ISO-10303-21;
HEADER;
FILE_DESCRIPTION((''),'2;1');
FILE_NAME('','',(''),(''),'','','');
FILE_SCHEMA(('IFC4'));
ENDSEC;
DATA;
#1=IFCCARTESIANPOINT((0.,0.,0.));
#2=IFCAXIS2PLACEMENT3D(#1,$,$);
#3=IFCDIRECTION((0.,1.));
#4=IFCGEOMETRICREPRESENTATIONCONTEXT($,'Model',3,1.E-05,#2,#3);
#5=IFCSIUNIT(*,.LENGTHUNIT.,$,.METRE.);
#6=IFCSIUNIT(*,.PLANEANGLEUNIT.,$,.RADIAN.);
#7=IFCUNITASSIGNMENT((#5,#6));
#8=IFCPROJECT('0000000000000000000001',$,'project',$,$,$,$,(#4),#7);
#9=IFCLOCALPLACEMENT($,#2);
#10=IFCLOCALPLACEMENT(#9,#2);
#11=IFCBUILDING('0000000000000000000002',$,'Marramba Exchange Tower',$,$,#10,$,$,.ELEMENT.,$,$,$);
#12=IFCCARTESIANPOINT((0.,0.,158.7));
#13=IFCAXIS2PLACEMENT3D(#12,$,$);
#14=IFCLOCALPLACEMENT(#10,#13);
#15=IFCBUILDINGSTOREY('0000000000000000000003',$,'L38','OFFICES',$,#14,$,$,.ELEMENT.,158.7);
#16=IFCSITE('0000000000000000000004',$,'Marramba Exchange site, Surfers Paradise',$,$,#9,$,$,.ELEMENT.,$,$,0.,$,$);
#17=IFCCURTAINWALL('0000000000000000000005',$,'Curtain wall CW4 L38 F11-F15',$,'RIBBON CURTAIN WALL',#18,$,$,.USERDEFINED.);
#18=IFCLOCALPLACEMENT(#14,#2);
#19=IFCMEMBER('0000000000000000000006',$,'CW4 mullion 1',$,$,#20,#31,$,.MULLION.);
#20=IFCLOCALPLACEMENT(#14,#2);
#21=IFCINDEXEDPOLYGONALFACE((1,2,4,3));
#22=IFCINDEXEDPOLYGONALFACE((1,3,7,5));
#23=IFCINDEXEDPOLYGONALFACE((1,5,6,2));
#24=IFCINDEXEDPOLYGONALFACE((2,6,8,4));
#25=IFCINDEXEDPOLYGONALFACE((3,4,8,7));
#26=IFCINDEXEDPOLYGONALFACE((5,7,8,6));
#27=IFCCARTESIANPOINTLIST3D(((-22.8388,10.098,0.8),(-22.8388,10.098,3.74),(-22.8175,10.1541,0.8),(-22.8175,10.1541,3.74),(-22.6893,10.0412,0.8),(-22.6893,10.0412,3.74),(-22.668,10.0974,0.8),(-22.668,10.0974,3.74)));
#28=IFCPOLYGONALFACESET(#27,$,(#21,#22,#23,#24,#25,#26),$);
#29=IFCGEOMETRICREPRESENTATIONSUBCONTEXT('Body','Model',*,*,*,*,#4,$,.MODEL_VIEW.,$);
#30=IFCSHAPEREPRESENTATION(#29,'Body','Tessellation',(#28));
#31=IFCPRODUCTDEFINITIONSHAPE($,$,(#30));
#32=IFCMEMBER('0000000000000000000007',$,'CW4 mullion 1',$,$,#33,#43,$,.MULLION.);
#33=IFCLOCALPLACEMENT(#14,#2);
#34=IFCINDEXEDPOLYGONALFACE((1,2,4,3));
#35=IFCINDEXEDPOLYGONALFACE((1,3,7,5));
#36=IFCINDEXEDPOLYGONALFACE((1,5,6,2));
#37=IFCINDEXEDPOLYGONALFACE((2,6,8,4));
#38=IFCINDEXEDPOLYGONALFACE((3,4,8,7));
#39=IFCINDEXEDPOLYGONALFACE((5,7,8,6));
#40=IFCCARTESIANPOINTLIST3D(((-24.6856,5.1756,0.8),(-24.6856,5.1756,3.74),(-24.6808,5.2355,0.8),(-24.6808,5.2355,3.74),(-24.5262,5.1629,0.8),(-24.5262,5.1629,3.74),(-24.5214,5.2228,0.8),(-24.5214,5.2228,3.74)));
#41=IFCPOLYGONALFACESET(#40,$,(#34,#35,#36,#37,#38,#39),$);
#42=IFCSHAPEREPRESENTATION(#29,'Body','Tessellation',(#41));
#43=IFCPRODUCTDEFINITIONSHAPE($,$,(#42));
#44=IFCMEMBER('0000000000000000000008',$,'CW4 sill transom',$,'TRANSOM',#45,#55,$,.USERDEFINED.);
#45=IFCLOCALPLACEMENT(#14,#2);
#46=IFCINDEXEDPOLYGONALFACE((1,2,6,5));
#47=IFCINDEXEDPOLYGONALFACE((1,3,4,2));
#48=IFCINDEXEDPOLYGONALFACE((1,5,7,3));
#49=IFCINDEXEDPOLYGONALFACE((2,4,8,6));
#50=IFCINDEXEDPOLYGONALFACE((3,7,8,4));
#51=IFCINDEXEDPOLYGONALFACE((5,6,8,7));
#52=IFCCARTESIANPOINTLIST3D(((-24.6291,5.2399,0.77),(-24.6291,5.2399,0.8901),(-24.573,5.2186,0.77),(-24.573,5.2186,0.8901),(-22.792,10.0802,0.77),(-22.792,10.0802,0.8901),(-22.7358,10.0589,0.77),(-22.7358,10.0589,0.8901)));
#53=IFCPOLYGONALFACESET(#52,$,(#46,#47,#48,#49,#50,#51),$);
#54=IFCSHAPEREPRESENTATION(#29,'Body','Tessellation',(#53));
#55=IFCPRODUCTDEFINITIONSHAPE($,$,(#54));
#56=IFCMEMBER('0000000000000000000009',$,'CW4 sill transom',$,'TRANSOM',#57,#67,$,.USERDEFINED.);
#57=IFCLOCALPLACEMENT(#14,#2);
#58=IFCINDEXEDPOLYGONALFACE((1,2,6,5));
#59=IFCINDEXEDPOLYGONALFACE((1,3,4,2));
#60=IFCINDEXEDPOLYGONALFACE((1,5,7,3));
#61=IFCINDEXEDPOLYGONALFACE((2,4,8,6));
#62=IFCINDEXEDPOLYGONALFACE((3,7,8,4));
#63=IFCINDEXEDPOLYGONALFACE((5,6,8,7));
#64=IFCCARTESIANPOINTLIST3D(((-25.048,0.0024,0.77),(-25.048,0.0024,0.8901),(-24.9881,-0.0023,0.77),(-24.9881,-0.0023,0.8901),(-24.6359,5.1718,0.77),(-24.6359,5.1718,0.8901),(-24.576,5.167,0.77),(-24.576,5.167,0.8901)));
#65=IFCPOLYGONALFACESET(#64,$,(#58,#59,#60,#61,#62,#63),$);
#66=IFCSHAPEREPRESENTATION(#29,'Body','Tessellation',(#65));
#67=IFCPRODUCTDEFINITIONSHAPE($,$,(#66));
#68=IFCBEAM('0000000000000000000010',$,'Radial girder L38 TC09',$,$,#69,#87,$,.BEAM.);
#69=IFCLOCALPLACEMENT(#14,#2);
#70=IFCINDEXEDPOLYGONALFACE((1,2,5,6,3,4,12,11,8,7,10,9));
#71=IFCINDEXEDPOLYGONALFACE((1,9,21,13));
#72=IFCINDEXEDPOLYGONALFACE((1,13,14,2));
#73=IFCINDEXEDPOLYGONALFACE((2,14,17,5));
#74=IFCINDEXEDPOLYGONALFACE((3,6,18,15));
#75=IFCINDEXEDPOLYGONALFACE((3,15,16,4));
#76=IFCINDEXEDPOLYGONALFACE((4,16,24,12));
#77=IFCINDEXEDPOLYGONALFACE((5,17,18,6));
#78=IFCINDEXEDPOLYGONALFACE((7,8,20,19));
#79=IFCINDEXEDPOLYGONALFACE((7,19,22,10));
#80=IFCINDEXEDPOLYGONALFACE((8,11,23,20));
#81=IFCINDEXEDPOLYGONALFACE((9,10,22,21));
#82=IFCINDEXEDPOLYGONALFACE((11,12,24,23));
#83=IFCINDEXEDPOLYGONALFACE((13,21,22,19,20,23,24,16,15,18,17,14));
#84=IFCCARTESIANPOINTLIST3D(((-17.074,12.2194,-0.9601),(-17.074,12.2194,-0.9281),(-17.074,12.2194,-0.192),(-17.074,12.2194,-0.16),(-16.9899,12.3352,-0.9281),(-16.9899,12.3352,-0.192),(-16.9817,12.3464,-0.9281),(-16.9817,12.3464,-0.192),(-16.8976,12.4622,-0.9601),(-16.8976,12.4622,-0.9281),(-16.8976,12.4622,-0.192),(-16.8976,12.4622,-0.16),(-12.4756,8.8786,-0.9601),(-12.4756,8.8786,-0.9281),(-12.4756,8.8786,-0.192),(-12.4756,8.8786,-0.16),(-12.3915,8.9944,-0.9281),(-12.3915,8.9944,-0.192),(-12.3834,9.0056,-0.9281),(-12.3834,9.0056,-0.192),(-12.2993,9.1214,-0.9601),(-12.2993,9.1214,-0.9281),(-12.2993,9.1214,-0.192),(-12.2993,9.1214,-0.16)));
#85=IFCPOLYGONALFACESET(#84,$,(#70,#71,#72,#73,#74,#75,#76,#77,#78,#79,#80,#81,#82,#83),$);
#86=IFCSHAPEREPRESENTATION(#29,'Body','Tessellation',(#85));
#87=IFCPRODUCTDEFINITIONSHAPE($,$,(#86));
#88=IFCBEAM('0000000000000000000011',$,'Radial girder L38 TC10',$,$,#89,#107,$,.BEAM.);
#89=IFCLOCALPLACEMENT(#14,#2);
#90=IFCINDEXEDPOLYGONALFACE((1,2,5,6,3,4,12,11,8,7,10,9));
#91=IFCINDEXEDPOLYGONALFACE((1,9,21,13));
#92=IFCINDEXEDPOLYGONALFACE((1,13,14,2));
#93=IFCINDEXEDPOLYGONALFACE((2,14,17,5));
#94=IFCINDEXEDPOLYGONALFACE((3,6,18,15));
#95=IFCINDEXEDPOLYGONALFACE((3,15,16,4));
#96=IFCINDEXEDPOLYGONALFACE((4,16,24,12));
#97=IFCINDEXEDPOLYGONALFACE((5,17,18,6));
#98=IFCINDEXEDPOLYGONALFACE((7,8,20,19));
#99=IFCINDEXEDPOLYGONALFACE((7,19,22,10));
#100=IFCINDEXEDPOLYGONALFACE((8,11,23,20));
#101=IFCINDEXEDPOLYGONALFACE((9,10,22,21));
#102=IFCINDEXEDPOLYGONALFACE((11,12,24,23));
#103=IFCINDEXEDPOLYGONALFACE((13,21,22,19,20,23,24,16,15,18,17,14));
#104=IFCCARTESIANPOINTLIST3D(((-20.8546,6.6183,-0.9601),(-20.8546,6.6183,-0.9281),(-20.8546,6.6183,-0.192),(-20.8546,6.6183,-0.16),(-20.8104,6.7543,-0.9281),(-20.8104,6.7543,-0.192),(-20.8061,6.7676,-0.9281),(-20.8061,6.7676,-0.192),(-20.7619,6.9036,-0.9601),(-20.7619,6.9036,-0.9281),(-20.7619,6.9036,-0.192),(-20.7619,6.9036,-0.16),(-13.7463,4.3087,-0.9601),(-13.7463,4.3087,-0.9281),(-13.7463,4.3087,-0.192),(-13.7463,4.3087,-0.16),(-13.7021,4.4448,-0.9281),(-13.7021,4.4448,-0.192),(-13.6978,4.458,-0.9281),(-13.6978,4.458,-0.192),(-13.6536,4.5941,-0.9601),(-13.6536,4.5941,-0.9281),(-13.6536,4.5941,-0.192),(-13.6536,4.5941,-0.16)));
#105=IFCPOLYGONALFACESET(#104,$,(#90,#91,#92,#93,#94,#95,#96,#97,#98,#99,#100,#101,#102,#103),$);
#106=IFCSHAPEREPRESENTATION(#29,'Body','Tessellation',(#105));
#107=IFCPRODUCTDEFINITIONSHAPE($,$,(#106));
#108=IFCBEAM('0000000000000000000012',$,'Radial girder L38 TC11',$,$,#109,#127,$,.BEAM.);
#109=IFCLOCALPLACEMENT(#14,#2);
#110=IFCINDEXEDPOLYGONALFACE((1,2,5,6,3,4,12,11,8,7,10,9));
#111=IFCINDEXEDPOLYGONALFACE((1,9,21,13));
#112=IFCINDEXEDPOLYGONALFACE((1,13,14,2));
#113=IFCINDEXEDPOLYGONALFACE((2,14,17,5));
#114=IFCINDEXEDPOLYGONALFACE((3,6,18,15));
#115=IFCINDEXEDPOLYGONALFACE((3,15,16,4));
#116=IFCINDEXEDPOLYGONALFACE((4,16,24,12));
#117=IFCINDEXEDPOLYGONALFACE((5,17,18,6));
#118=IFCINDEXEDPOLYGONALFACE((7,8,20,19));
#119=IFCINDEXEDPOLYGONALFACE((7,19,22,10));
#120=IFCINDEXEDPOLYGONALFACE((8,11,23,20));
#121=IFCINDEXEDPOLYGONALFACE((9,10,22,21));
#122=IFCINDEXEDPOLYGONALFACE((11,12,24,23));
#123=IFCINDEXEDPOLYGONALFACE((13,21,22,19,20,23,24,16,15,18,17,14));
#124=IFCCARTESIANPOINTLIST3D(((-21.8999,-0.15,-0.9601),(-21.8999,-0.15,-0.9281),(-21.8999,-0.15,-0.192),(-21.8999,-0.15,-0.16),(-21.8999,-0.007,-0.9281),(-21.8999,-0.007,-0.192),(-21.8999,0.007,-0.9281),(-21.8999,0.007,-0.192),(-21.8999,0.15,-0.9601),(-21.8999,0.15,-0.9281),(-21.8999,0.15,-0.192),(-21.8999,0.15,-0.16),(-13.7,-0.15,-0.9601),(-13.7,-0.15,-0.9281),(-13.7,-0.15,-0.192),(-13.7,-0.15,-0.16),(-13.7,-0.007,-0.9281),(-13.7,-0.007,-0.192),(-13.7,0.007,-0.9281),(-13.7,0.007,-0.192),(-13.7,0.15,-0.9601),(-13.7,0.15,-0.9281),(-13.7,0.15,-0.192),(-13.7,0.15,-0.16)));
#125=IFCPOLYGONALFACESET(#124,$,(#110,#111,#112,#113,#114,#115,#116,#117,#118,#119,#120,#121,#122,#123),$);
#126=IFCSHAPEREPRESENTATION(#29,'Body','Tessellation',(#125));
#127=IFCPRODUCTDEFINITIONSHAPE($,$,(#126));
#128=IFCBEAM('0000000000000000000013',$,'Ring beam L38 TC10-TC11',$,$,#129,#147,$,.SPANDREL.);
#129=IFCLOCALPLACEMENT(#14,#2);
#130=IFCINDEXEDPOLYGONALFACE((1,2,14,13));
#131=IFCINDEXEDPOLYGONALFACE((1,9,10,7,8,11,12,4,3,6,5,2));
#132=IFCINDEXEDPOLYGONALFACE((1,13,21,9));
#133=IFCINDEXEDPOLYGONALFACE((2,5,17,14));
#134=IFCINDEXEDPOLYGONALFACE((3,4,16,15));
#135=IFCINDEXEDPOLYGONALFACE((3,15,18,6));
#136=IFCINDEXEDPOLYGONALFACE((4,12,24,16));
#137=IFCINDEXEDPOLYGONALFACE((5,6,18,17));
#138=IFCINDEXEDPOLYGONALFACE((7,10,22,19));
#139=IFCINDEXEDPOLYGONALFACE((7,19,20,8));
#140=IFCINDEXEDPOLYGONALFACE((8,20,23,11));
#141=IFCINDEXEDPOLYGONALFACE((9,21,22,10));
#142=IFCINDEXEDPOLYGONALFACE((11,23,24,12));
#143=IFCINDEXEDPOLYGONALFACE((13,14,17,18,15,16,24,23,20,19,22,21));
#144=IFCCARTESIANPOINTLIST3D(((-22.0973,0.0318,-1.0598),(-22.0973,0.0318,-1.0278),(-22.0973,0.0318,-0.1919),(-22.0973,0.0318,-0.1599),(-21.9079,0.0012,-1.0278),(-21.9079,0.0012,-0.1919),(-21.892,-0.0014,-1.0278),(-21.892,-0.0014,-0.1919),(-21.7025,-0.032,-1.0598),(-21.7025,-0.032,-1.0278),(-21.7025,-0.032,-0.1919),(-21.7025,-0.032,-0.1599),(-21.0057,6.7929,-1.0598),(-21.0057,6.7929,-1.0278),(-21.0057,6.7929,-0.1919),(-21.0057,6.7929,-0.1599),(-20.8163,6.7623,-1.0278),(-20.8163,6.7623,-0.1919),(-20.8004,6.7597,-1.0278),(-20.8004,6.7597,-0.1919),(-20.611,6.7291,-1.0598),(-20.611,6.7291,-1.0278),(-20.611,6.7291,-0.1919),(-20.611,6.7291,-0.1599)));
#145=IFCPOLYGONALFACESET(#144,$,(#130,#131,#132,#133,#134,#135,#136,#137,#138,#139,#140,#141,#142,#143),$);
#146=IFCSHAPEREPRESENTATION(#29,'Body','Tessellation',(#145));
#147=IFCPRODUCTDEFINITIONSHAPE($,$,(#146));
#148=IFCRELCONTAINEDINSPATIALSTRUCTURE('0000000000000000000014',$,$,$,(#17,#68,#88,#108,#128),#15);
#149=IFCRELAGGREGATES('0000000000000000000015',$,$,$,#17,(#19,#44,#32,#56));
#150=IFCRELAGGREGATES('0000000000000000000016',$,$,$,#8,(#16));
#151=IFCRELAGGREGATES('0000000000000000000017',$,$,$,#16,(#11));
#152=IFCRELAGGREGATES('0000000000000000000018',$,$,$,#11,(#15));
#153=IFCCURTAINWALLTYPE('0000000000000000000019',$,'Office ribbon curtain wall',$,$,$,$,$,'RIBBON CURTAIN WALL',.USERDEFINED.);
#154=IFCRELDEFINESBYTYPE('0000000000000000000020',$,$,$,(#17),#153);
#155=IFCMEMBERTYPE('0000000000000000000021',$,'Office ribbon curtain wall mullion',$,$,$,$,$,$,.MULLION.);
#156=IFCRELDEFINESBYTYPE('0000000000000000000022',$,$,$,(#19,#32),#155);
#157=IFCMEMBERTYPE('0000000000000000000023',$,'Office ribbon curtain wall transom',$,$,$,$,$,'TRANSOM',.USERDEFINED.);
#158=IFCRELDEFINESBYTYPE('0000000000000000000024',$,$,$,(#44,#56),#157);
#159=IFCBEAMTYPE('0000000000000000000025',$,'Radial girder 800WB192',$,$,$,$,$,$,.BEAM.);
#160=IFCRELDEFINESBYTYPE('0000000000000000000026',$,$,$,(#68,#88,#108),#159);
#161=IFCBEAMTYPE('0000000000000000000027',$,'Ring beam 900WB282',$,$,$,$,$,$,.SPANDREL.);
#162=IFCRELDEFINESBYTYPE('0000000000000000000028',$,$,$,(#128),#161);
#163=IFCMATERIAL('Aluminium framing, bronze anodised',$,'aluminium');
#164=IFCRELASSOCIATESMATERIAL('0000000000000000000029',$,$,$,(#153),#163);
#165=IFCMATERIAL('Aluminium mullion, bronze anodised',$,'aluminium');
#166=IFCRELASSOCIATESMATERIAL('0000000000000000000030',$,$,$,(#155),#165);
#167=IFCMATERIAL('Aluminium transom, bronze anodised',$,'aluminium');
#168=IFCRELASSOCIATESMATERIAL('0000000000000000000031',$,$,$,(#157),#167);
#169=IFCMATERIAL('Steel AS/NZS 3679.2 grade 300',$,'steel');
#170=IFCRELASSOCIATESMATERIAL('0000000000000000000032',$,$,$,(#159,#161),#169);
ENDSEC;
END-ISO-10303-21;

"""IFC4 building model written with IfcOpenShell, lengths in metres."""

from ifc_helpers import new_model, si_unit, direction, frame, origin, origin_2d, place, context, subcontext, project, spatial, rectangle, i_section, extrude, material, material_profile, profile_set, type_object, element, aggregate, save


model = new_model("IFC4")

# Units and contexts
model_context = context("Model", 3, precision=1e-05, world=origin(), true_north=direction((0.0, 1.0)))
body_context = subcontext(model_context, "Body", "Model", "MODEL_VIEW")
ifc_project = project(units=[si_unit("LENGTHUNIT", "METRE"), si_unit("PLANEANGLEUNIT", "RADIAN")], contexts=[model_context])

# Site, building, storey
site_placement = place(None, origin())
site = spatial("IfcSite", under=ifc_project, at=site_placement, Name="Marramba Exchange site, Surfers Paradise", CompositionType="ELEMENT", RefElevation=0.0)
building_placement = place(site_placement, origin())
building = spatial("IfcBuilding", under=site, at=building_placement, Name="Marramba Exchange Tower", CompositionType="ELEMENT")
storey_placement = place(building_placement, frame((0.0, 0.0, 158.7)))
storey = spatial("IfcBuildingStorey", under=building, at=storey_placement, Name="L38", Description="OFFICES", CompositionType="ELEMENT", Elevation=158.7)

# Shared definitions
ifc_material_1 = material(Name="Steel AS/NZS 3679.2 grade 300", Category="steel")

# Curtain wall, members
ifc_material_2 = material(Name="Aluminium framing, bronze anodised", Category="aluminium")
curtain_wall_type = type_object("IfcCurtainWallType", Name="Office ribbon curtain wall", ElementType="RIBBON CURTAIN WALL", PredefinedType="USERDEFINED", material=ifc_material_2)
curtain_wall_placement = place(storey_placement, origin())
curtain_wall = element("IfcCurtainWall", 1, at=curtain_wall_placement, inside=storey, type_object=curtain_wall_type, Name="Curtain wall CW4 L38 F11-F15", ObjectType="RIBBON CURTAIN WALL", PredefinedType="USERDEFINED")
ifc_material_3 = material(Name="Aluminium mullion, bronze anodised", Category="aluminium")
ifc_material_profile_1 = material_profile(ifc_material_3, rectangle(XDim=0.1599, YDim=0.0601, at=origin_2d()), Name="CW4 mullion 60x160")
ifc_profile_set_1 = profile_set([ifc_material_profile_1], Name="Aluminium mullion, bronze anodised")
member_type_1 = type_object("IfcMemberType", Name="Office ribbon curtain wall mullion", PredefinedType="MULLION", material=ifc_profile_set_1)
member_1_placement = place(storey_placement, frame((-22.7534, 10.0977, 0.8), z_axis=(0.0, 0.0, 1.0), x_axis=(0.934925, -0.354844, 0.0)))
member_1 = element("IfcMember", 2, at=member_1_placement, type_object=member_type_1, Name="CW4 mullion 1", PredefinedType="MULLION", context=body_context, shape_type="SweptSolid", body=[
    extrude(rectangle(XDim=0.1599, YDim=0.0601, at=origin_2d()), origin(), (0.0, 0.0, 1.0), 2.9399),
])
member_2_placement = place(storey_placement, frame((-24.6035, 5.1992, 0.8), z_axis=(0.0, 0.0, 1.0), x_axis=(0.996838, -0.07946, 0.0)))
member_2 = element("IfcMember", 3, at=member_2_placement, type_object=member_type_1, Name="CW4 mullion 1", PredefinedType="MULLION", context=body_context, shape_type="SweptSolid", body=[
    extrude(rectangle(XDim=0.1599, YDim=0.0601, at=origin_2d()), origin(), (0.0, 0.0, 1.0), 2.9399),
])
ifc_material_4 = material(Name="Aluminium transom, bronze anodised", Category="aluminium")
ifc_material_profile_2 = material_profile(ifc_material_4, rectangle(XDim=0.0601, YDim=0.1201, at=origin_2d()), Name="CW4 transom 60x120")
ifc_profile_set_2 = profile_set([ifc_material_profile_2], Name="Aluminium transom, bronze anodised")
member_type_2 = type_object("IfcMemberType", Name="Office ribbon curtain wall transom", ElementType="TRANSOM", PredefinedType="USERDEFINED", material=ifc_profile_set_2)
member_3_placement = place(storey_placement, frame((-22.7639, 10.0696, 0.8301), z_axis=(-0.354852, -0.934923, 0.0), x_axis=(0.934923, -0.354852, 0.0)))
member_3 = element("IfcMember", 4, at=member_3_placement, type_object=member_type_2, Name="CW4 sill transom", ObjectType="TRANSOM", PredefinedType="USERDEFINED", context=body_context, shape_type="SweptSolid", body=[
    extrude(rectangle(XDim=0.0601, YDim=0.1201, at=origin_2d()), origin(), (0.0, 0.0, 1.0), 5.1772),
])
member_4_placement = place(storey_placement, frame((-24.606, 5.1694, 0.8301), z_axis=(-0.079468, -0.996837, 0.0), x_axis=(0.996837, -0.079468, 0.0)))
member_4 = element("IfcMember", 5, at=member_4_placement, type_object=member_type_2, Name="CW4 sill transom", ObjectType="TRANSOM", PredefinedType="USERDEFINED", context=body_context, shape_type="SweptSolid", body=[
    extrude(rectangle(XDim=0.0601, YDim=0.1201, at=origin_2d()), origin(), (0.0, 0.0, 1.0), 5.1858),
])

# Beams
ifc_material_profile_3 = material_profile(ifc_material_1, i_section(OverallWidth=0.3, OverallDepth=0.8, WebThickness=0.0139, FlangeThickness=0.032, at=origin_2d()), Name="800WB192")
ifc_profile_set_3 = profile_set([ifc_material_profile_3], Name="Steel AS/NZS 3679.2 grade 300")
beam_type_1 = type_object("IfcBeamType", Name="Radial girder 800WB192", PredefinedType="BEAM", material=ifc_profile_set_3)
beam_1_placement = place(storey_placement, frame((-12.3875, 9.0, -0.5601), z_axis=(-0.809026, 0.587773, 0.0), x_axis=(-0.587773, -0.809026, 0.0)))
element("IfcBeam", 6, at=beam_1_placement, inside=storey, type_object=beam_type_1, Name="Radial girder L38 TC09", PredefinedType="BEAM", context=body_context, shape_type="SweptSolid", body=[
    extrude(i_section(OverallWidth=0.3, OverallDepth=0.8, WebThickness=0.0139, FlangeThickness=0.032, at=origin_2d()), origin(), (0.0, 0.0, 1.0), 5.6838),
])
beam_2_placement = place(storey_placement, frame((-13.7, 4.4514, -0.5601), z_axis=(-0.95106, 0.309006, 0.0), x_axis=(-0.309006, -0.95106, 0.0)))
element("IfcBeam", 7, at=beam_2_placement, inside=storey, type_object=beam_type_1, Name="Radial girder L38 TC10", PredefinedType="BEAM", context=body_context, shape_type="SweptSolid", body=[
    extrude(i_section(OverallWidth=0.3, OverallDepth=0.8, WebThickness=0.0139, FlangeThickness=0.032, at=origin_2d()), origin(), (0.0, 0.0, 1.0), 7.4741),
])
beam_3_placement = place(storey_placement, frame((-13.7, 0.0, -0.5601), z_axis=(-1.0, 0.0, 0.0), x_axis=(0.0, -1.0, 0.0)))
element("IfcBeam", 8, at=beam_3_placement, inside=storey, type_object=beam_type_1, Name="Radial girder L38 TC11", PredefinedType="BEAM", context=body_context, shape_type="SweptSolid", body=[
    extrude(i_section(OverallWidth=0.3, OverallDepth=0.8, WebThickness=0.0139, FlangeThickness=0.032, at=origin_2d()), origin(), (0.0, 0.0, 1.0), 8.2),
])
ifc_material_profile_4 = material_profile(ifc_material_1, i_section(OverallWidth=0.3999, OverallDepth=0.8999, WebThickness=0.0161, FlangeThickness=0.032, at=origin_2d()), Name="900WB282")
ifc_profile_set_4 = profile_set([ifc_material_profile_4], Name="Steel AS/NZS 3679.2 grade 300")
beam_type_2 = type_object("IfcBeamType", Name="Ring beam 900WB282", PredefinedType="SPANDREL", material=ifc_profile_set_4)
beam_4_placement = place(storey_placement, frame((-20.8083, 6.761, -0.6099), z_axis=(-0.159385, -0.987217, 0.0), x_axis=(0.987217, -0.159385, 0.0)))
element("IfcBeam", 9, at=beam_4_placement, inside=storey, type_object=beam_type_2, Name="Ring beam L38 TC10-TC11", PredefinedType="SPANDREL", context=body_context, shape_type="SweptSolid", body=[
    extrude(i_section(OverallWidth=0.3999, OverallDepth=0.8999, WebThickness=0.0161, FlangeThickness=0.032, at=origin_2d()), origin(), (0.0, 0.0, 1.0), 6.8486),
])

aggregate(curtain_wall, [member_1, member_3, member_2, member_4])

save(model, "model.ifc")
